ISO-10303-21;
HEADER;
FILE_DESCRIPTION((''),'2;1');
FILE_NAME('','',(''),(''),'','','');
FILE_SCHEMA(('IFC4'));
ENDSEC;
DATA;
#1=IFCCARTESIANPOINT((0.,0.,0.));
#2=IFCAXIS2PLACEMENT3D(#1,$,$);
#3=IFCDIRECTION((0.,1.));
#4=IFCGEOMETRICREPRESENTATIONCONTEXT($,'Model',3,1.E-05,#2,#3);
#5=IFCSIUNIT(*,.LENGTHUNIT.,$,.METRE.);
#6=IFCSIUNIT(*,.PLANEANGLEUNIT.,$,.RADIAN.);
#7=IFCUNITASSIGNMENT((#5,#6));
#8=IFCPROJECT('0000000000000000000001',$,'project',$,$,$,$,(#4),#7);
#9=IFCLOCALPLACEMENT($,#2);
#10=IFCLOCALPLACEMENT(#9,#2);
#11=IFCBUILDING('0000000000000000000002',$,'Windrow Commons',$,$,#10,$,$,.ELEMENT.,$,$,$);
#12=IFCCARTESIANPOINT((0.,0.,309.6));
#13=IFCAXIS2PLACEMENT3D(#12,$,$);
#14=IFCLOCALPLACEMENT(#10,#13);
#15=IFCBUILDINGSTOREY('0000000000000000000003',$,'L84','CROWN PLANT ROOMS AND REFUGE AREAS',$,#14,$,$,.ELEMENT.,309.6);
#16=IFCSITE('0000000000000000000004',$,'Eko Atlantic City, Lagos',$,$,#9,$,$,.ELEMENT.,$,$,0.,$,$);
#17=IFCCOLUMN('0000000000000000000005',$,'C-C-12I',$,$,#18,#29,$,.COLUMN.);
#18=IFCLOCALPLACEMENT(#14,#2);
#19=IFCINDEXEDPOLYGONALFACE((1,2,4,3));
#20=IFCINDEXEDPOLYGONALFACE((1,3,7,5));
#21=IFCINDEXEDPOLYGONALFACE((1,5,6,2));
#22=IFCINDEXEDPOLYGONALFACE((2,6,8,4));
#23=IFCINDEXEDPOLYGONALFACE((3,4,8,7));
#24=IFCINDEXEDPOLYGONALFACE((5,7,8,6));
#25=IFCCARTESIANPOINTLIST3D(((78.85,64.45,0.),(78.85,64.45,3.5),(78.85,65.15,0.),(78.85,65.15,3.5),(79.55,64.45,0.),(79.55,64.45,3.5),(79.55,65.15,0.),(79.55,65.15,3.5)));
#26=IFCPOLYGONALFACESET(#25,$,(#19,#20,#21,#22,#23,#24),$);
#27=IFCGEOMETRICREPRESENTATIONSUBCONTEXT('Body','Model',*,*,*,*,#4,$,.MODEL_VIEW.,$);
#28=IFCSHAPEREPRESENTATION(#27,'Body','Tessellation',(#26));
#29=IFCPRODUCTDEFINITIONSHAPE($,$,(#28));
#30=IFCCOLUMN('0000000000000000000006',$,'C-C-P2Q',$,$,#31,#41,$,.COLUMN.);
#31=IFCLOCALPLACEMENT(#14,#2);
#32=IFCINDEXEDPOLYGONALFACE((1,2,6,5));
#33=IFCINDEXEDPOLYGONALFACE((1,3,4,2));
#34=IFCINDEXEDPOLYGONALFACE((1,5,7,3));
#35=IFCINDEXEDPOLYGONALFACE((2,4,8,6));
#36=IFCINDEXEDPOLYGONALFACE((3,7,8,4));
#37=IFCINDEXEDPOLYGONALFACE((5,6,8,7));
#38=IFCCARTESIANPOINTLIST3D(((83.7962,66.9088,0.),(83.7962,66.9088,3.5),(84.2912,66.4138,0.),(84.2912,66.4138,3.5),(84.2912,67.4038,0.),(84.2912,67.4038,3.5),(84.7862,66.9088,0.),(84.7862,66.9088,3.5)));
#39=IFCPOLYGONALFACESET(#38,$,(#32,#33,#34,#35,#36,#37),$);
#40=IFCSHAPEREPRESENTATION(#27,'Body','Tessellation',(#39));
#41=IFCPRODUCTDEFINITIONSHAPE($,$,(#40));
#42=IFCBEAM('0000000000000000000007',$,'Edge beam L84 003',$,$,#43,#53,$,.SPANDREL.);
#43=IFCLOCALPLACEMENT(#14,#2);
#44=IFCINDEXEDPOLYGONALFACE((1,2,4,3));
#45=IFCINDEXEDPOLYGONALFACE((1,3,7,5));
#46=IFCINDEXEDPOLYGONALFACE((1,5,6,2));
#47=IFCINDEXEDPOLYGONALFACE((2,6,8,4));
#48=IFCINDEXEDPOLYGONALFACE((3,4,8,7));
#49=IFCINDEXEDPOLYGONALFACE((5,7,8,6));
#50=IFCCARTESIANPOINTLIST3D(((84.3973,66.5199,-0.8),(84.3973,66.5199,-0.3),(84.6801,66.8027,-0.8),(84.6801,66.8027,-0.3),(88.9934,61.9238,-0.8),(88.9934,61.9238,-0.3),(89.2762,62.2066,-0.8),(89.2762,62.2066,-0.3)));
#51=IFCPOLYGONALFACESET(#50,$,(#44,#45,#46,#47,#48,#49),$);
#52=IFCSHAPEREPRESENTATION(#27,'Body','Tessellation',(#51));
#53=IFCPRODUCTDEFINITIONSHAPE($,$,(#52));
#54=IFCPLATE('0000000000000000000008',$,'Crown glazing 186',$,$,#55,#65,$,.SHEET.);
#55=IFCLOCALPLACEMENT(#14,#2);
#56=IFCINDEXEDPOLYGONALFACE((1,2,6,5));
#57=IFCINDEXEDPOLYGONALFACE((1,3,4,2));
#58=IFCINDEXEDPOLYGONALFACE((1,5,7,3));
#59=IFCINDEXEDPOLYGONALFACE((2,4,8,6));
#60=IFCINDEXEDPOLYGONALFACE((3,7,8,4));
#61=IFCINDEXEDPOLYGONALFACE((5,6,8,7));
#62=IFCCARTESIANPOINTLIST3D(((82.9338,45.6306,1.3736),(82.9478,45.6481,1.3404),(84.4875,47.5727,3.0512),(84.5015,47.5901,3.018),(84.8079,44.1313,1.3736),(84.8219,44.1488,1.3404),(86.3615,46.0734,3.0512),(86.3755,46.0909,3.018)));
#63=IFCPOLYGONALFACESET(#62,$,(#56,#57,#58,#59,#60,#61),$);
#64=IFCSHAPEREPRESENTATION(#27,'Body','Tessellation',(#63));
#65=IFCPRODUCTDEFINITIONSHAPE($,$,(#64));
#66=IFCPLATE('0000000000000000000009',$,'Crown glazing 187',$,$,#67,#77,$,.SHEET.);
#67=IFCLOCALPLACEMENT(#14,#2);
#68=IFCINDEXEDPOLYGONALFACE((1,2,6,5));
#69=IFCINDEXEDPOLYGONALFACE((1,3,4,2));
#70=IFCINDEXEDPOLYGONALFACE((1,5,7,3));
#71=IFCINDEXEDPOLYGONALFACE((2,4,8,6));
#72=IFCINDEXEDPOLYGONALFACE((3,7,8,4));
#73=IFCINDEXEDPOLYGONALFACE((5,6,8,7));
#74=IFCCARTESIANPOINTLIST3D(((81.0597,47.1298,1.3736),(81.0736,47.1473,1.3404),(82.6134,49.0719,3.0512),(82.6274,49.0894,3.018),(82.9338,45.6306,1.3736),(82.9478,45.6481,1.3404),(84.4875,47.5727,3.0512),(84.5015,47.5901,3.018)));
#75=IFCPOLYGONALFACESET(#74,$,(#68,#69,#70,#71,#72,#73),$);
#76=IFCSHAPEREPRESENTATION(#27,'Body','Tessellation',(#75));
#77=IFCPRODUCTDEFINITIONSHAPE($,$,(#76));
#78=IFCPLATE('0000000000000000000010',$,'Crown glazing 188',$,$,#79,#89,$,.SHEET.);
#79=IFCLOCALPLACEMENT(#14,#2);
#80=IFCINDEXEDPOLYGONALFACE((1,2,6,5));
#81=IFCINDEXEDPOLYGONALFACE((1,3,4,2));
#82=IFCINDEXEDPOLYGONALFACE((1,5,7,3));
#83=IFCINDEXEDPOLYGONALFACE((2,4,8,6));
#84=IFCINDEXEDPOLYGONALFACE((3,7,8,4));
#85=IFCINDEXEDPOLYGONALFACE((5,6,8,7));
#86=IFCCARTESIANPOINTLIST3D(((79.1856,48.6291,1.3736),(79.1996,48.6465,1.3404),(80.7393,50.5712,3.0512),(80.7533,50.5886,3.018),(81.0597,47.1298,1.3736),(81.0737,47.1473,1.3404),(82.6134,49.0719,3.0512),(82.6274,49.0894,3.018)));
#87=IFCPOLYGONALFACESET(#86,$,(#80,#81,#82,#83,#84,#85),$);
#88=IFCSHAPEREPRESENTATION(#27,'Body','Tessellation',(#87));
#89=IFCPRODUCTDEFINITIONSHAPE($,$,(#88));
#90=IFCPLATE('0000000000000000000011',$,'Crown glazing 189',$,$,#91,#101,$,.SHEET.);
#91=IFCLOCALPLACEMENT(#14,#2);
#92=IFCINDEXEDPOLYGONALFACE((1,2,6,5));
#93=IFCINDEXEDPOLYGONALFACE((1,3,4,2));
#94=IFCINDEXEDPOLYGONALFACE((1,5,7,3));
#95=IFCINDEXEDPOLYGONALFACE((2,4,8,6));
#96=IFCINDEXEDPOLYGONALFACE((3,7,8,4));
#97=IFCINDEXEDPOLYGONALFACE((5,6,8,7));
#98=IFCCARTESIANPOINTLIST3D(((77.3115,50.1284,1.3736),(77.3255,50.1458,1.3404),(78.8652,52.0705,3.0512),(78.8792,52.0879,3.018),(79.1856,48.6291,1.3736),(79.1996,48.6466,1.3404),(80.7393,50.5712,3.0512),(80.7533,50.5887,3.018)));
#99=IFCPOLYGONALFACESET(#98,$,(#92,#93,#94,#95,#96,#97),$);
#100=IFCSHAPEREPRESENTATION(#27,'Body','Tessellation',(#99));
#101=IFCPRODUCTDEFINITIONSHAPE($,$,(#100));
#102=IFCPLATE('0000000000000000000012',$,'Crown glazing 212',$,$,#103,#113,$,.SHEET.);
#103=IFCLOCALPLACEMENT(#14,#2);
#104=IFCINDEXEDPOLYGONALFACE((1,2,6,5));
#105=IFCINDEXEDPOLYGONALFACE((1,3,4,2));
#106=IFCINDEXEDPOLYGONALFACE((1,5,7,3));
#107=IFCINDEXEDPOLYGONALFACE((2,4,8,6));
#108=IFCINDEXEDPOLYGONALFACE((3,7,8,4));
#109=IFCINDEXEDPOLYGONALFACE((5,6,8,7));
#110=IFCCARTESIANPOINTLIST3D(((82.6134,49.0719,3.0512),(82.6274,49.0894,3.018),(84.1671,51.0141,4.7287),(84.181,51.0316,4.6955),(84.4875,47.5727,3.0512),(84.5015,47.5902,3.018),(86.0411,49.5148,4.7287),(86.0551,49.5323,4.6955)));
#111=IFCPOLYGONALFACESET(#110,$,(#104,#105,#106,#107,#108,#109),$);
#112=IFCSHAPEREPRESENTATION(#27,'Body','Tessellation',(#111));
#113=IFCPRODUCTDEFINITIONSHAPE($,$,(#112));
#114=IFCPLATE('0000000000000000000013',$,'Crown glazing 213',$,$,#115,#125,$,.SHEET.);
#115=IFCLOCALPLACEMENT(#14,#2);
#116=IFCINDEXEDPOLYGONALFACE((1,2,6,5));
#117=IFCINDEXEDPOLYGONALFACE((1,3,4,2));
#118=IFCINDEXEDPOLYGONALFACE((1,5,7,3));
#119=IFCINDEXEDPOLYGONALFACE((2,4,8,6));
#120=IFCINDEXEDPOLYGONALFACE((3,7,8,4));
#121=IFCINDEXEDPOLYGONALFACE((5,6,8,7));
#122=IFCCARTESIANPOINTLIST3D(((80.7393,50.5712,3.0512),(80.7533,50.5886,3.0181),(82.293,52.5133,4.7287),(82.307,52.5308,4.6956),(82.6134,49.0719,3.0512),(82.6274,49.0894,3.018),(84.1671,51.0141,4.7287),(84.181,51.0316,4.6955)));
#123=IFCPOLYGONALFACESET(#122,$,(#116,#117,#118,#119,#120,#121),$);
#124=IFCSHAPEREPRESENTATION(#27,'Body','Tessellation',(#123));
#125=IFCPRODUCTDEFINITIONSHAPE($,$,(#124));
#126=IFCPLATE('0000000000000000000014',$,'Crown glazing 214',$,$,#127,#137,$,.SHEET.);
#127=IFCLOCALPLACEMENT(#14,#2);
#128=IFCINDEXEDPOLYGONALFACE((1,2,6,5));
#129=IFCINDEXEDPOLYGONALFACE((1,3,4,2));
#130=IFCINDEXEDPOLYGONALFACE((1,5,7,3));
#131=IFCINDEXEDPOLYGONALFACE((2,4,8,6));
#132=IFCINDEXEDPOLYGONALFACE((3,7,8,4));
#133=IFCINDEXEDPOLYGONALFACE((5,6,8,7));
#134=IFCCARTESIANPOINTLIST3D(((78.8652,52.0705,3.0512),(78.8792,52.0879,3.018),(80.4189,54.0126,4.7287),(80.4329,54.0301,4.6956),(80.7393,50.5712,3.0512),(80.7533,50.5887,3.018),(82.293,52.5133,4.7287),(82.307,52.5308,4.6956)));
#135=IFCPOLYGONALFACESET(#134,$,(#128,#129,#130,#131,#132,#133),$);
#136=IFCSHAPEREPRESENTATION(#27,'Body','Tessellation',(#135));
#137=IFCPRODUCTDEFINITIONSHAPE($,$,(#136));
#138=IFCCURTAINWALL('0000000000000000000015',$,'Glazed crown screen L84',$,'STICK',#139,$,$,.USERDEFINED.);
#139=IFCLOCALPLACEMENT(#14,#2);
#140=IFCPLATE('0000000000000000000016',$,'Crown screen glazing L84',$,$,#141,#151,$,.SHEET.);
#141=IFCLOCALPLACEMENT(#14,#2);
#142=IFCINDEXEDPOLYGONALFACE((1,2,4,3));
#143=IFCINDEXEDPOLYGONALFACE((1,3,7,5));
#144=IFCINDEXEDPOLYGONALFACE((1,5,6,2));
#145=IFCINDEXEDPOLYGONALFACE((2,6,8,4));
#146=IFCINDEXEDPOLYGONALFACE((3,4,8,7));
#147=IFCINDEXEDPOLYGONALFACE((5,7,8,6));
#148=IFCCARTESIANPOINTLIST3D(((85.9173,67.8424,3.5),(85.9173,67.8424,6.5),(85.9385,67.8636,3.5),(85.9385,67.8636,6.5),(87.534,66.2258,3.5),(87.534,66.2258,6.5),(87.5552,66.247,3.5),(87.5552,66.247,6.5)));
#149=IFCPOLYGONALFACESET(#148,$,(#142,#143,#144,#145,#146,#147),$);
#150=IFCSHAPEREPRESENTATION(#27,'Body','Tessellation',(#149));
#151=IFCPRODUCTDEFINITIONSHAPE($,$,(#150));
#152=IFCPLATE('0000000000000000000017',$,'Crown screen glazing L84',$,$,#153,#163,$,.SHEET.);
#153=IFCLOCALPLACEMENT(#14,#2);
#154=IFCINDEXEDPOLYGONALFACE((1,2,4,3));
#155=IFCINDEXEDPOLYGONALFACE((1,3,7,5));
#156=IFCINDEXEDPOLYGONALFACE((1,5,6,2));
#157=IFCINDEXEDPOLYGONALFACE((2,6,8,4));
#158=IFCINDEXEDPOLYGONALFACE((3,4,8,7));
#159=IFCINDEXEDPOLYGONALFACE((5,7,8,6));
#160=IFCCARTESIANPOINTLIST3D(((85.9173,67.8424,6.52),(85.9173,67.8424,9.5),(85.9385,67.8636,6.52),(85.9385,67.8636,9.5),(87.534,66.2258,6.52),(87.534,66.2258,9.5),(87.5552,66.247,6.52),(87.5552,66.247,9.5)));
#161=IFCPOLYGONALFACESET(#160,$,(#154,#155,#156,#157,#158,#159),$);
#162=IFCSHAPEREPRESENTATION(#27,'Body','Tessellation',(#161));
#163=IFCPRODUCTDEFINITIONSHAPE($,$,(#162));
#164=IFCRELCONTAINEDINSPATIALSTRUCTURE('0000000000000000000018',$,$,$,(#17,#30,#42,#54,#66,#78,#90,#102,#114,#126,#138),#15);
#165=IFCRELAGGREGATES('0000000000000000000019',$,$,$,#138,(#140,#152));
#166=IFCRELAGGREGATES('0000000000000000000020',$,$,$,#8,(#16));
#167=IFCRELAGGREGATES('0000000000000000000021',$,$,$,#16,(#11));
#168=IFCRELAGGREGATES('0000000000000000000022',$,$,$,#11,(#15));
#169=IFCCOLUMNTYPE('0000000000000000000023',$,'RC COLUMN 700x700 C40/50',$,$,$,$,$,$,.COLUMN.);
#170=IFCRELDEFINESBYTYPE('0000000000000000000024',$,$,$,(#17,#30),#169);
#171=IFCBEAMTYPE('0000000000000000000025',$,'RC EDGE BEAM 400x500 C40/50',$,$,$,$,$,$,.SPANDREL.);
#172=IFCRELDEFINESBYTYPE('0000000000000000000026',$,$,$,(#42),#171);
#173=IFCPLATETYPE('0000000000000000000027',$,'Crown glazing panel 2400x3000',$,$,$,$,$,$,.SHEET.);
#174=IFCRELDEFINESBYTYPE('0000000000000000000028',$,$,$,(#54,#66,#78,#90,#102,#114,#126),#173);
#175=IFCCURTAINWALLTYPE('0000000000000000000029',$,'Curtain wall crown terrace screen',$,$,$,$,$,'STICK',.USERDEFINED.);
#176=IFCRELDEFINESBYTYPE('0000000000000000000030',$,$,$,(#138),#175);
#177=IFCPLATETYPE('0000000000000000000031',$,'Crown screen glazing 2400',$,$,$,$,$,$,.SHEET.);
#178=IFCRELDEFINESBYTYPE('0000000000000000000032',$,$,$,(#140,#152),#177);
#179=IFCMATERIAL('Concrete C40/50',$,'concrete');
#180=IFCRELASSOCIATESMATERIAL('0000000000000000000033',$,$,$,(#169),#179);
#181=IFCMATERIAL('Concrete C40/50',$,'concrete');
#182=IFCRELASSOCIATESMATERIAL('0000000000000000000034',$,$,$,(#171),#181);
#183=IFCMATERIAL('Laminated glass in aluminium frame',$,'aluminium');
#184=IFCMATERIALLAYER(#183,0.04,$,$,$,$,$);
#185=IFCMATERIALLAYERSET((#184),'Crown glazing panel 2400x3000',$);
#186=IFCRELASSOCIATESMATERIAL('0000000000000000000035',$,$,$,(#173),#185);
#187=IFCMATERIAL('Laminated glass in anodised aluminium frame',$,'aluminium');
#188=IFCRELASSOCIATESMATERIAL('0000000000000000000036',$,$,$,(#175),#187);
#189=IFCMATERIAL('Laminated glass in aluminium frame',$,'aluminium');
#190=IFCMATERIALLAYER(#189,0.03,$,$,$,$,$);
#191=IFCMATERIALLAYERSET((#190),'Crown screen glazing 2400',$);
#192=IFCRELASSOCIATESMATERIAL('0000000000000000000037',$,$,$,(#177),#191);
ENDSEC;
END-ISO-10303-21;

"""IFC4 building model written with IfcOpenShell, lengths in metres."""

from ifc_helpers import new_model, si_unit, direction, frame, origin, origin_2d, place, context, subcontext, project, spatial, polyline, rectangle, outline, extrude, material, layer, layer_set, material_profile, profile_set, type_object, element, aggregate, save


model = new_model("IFC4")

# Units and contexts
model_context = context("Model", 3, precision=1e-05, world=origin(), true_north=direction((0.0, 1.0)))
body_context = subcontext(model_context, "Body", "Model", "MODEL_VIEW")
ifc_project = project(units=[si_unit("LENGTHUNIT", "METRE"), si_unit("PLANEANGLEUNIT", "RADIAN")], contexts=[model_context])

# Site, building, storey
site_placement = place(None, origin())
site = spatial("IfcSite", under=ifc_project, at=site_placement, Name="Eko Atlantic City, Lagos", CompositionType="ELEMENT", RefElevation=0.0)
building_placement = place(site_placement, origin())
building = spatial("IfcBuilding", under=site, at=building_placement, Name="Windrow Commons", CompositionType="ELEMENT")
storey_placement = place(building_placement, frame((0.0, 0.0, 309.6)))
storey = spatial("IfcBuildingStorey", under=building, at=storey_placement, Name="L84", Description="CROWN PLANT ROOMS AND REFUGE AREAS", CompositionType="ELEMENT", Elevation=309.6)

# Columns
ifc_material_1 = material(Name="Concrete C40/50", Category="concrete")
ifc_material_profile_1 = material_profile(ifc_material_1, rectangle(XDim=0.7, YDim=0.7, at=origin_2d()))
ifc_profile_set_1 = profile_set([ifc_material_profile_1], Name="Concrete C40/50")
column_type = type_object("IfcColumnType", Name="RC COLUMN 700x700 C40/50", PredefinedType="COLUMN", material=ifc_profile_set_1)
for number, where, z_axis, x_axis, name in (
    (1, (79.2, 64.8, 0.0), (0.0, 0.0, 1.0), (1.0, 0.0, 0.0), "C-C-12I"),
    (2, (84.2912, 66.9088, 0.0), (0.0, 0.0, 1.0), (0.707107, -0.707107, 0.0), "C-C-P2Q"),
):
    element("IfcColumn", number, at=place(storey_placement, frame(where, z_axis=z_axis, x_axis=x_axis)), inside=storey, type_object=column_type, Name=name, PredefinedType="COLUMN", context=body_context, shape_type="SweptSolid", body=[
        extrude(rectangle(XDim=0.7, YDim=0.7, at=origin_2d()), origin(), (0.0, 0.0, 1.0), 3.5),
    ])

# Beam
ifc_material_2 = material(Name="Concrete C40/50", Category="concrete")
ifc_material_profile_2 = material_profile(ifc_material_2, rectangle(XDim=0.4, YDim=0.5, at=origin_2d()))
ifc_profile_set_2 = profile_set([ifc_material_profile_2], Name="Concrete C40/50")
beam_type = type_object("IfcBeamType", Name="RC EDGE BEAM 400x500 C40/50", PredefinedType="SPANDREL", material=ifc_profile_set_2)
beam_placement = place(storey_placement, frame((84.5387, 66.6613, -0.55), z_axis=(0.707107, -0.707107, 0.0), x_axis=(0.707107, 0.707107, 0.0)))
element("IfcBeam", 3, at=beam_placement, inside=storey, type_object=beam_type, Name="Edge beam L84 003", PredefinedType="SPANDREL", context=body_context, shape_type="SweptSolid", body=[
    extrude(rectangle(XDim=0.4, YDim=0.5, at=origin_2d()), origin(), (0.0, 0.0, 1.0), 6.4999),
])

# Plates
ifc_material_3 = material(Name="Laminated glass in aluminium frame", Category="aluminium")
ifc_layer_1 = layer(ifc_material_3, 0.04)
ifc_layer_set_1 = layer_set([ifc_layer_1], Name="Crown glazing panel 2400x3000")
plate_type_1 = type_object("IfcPlateType", Name="Crown glazing panel 2400x3000", PredefinedType="SHEET", material=ifc_layer_set_1)
plate_1_placement = place(storey_placement, frame((84.8079, 44.1313, 1.3736), z_axis=(-0.349339, -0.436657, 0.829031), x_axis=(-0.780862, 0.624703, -0.000006)))
element("IfcPlate", 4, at=plate_1_placement, inside=storey, type_object=plate_type_1, Name="Crown glazing 186", PredefinedType="SHEET", context=body_context, shape_type="SweptSolid", body=[
    extrude(outline(polyline([(0.0, 0.0), (2.4, 0.0), (2.4, -3.0), (0.0001, -3.0), (0.0, 0.0)])), origin(), (0.0, 0.0, -1.0), 0.04),
])
plate_2_placement = place(storey_placement, frame((82.9338, 45.6306, 1.3736), z_axis=(-0.349317, -0.436669, 0.829034), x_axis=(-0.780885, 0.624675, 0.0)))
element("IfcPlate", 5, at=plate_2_placement, inside=storey, type_object=plate_type_1, Name="Crown glazing 187", PredefinedType="SHEET", context=body_context, shape_type="SweptSolid", body=[
    extrude(outline(polyline([(0.0, 0.0), (2.4, 0.0), (2.3999, -3.0), (-0.0001, -3.0), (0.0, 0.0)])), origin(), (0.0, 0.0, -1.0), 0.04),
])
for number, where, z_axis, x_axis, name in (
    (6, (81.0597, 47.1298, 1.3736), (-0.349331, -0.436658, 0.829034), (-0.780865, 0.6247, 0.0), "Crown glazing 188"),
    (7, (79.1856, 48.6291, 1.3736), (-0.349331, -0.436658, 0.829034), (-0.780865, 0.6247, 0.0), "Crown glazing 189"),
):
    element("IfcPlate", number, at=place(storey_placement, frame(where, z_axis=z_axis, x_axis=x_axis)), inside=storey, type_object=plate_type_1, Name=name, PredefinedType="SHEET", context=body_context, shape_type="SweptSolid", body=[
        extrude(outline(polyline([(0.0, 0.0), (2.4, 0.0), (2.4, -3.0), (0.0, -3.0), (0.0, 0.0)])), origin(), (0.0, 0.0, -1.0), 0.04),
    ])
plate_3_placement = place(storey_placement, frame((84.4875, 47.5727, 3.0512), z_axis=(-0.349314, -0.43664, 0.829051), x_axis=(-0.780879, 0.624682, -0.000014)))
element("IfcPlate", 8, at=plate_3_placement, inside=storey, type_object=plate_type_1, Name="Crown glazing 212", PredefinedType="SHEET", context=body_context, shape_type="SweptSolid", body=[
    extrude(outline(polyline([(0.0, 0.0), (2.4, 0.0), (2.4, -3.0), (0.0, -2.9999), (0.0, 0.0)])), origin(), (0.0, 0.0, -1.0), 0.04),
])
plate_4_placement = place(storey_placement, frame((82.6134, 49.0719, 3.0512), z_axis=(-0.349306, -0.436641, 0.829054), x_axis=(-0.780868, 0.624696, 0.000008)))
element("IfcPlate", 9, at=plate_4_placement, inside=storey, type_object=plate_type_1, Name="Crown glazing 213", PredefinedType="SHEET", context=body_context, shape_type="SweptSolid", body=[
    extrude(outline(polyline([(0.0, 0.0), (2.4, 0.0), (2.4, -3.0), (0.0001, -3.0), (0.0, 0.0)])), origin(), (0.0, 0.0, -1.0), 0.04),
])
plate_5_placement = place(storey_placement, frame((80.7393, 50.5712, 3.0512), z_axis=(-0.349316, -0.43664, 0.82905), x_axis=(-0.780865, 0.6247, 0.0)))
element("IfcPlate", 10, at=plate_5_placement, inside=storey, type_object=plate_type_1, Name="Crown glazing 214", PredefinedType="SHEET", context=body_context, shape_type="SweptSolid", body=[
    extrude(outline(polyline([(0.0, 0.0), (2.4, 0.0), (2.4, -3.0), (0.0, -3.0), (0.0, 0.0)])), origin(), (0.0, 0.0, -1.0), 0.04),
])

# Curtain wall, plates
ifc_material_4 = material(Name="Laminated glass in anodised aluminium frame", Category="aluminium")
curtain_wall_type = type_object("IfcCurtainWallType", Name="Curtain wall crown terrace screen", ElementType="STICK", PredefinedType="USERDEFINED", material=ifc_material_4)
curtain_wall_placement = place(storey_placement, origin())
curtain_wall = element("IfcCurtainWall", 11, at=curtain_wall_placement, inside=storey, type_object=curtain_wall_type, Name="Glazed crown screen L84", ObjectType="STICK", PredefinedType="USERDEFINED")
ifc_material_5 = material(Name="Laminated glass in aluminium frame", Category="aluminium")
ifc_layer_2 = layer(ifc_material_5, 0.03)
ifc_layer_set_2 = layer_set([ifc_layer_2], Name="Crown screen glazing 2400")
plate_type_2 = type_object("IfcPlateType", Name="Crown screen glazing 2400", PredefinedType="SHEET", material=ifc_layer_set_2)
plate_6_placement = place(storey_placement, frame((85.9173, 67.8424, 3.5), z_axis=(-0.707085, -0.707129, 0.0), x_axis=(0.707129, -0.707085, 0.0)))
plate_6 = element("IfcPlate", 12, at=plate_6_placement, type_object=plate_type_2, Name="Crown screen glazing L84", PredefinedType="SHEET", context=body_context, shape_type="SweptSolid", body=[
    extrude(outline(polyline([(0.0, 0.0), (2.2863, 0.0), (2.2863, 3.0), (0.0, 3.0), (0.0, 0.0)])), origin(), (0.0, 0.0, -1.0), 0.03),
])
plate_7_placement = place(storey_placement, frame((85.9173, 67.8424, 6.52), z_axis=(-0.707085, -0.707129, 0.0), x_axis=(0.707129, -0.707085, 0.0)))
plate_7 = element("IfcPlate", 13, at=plate_7_placement, type_object=plate_type_2, Name="Crown screen glazing L84", PredefinedType="SHEET", context=body_context, shape_type="SweptSolid", body=[
    extrude(outline(polyline([(0.0, 0.0), (2.2863, 0.0), (2.2863, 2.98), (0.0, 2.98), (0.0, 0.0)])), origin(), (0.0, 0.0, -1.0), 0.03),
])
aggregate(curtain_wall, [plate_6, plate_7])

save(model, "model.ifc")
